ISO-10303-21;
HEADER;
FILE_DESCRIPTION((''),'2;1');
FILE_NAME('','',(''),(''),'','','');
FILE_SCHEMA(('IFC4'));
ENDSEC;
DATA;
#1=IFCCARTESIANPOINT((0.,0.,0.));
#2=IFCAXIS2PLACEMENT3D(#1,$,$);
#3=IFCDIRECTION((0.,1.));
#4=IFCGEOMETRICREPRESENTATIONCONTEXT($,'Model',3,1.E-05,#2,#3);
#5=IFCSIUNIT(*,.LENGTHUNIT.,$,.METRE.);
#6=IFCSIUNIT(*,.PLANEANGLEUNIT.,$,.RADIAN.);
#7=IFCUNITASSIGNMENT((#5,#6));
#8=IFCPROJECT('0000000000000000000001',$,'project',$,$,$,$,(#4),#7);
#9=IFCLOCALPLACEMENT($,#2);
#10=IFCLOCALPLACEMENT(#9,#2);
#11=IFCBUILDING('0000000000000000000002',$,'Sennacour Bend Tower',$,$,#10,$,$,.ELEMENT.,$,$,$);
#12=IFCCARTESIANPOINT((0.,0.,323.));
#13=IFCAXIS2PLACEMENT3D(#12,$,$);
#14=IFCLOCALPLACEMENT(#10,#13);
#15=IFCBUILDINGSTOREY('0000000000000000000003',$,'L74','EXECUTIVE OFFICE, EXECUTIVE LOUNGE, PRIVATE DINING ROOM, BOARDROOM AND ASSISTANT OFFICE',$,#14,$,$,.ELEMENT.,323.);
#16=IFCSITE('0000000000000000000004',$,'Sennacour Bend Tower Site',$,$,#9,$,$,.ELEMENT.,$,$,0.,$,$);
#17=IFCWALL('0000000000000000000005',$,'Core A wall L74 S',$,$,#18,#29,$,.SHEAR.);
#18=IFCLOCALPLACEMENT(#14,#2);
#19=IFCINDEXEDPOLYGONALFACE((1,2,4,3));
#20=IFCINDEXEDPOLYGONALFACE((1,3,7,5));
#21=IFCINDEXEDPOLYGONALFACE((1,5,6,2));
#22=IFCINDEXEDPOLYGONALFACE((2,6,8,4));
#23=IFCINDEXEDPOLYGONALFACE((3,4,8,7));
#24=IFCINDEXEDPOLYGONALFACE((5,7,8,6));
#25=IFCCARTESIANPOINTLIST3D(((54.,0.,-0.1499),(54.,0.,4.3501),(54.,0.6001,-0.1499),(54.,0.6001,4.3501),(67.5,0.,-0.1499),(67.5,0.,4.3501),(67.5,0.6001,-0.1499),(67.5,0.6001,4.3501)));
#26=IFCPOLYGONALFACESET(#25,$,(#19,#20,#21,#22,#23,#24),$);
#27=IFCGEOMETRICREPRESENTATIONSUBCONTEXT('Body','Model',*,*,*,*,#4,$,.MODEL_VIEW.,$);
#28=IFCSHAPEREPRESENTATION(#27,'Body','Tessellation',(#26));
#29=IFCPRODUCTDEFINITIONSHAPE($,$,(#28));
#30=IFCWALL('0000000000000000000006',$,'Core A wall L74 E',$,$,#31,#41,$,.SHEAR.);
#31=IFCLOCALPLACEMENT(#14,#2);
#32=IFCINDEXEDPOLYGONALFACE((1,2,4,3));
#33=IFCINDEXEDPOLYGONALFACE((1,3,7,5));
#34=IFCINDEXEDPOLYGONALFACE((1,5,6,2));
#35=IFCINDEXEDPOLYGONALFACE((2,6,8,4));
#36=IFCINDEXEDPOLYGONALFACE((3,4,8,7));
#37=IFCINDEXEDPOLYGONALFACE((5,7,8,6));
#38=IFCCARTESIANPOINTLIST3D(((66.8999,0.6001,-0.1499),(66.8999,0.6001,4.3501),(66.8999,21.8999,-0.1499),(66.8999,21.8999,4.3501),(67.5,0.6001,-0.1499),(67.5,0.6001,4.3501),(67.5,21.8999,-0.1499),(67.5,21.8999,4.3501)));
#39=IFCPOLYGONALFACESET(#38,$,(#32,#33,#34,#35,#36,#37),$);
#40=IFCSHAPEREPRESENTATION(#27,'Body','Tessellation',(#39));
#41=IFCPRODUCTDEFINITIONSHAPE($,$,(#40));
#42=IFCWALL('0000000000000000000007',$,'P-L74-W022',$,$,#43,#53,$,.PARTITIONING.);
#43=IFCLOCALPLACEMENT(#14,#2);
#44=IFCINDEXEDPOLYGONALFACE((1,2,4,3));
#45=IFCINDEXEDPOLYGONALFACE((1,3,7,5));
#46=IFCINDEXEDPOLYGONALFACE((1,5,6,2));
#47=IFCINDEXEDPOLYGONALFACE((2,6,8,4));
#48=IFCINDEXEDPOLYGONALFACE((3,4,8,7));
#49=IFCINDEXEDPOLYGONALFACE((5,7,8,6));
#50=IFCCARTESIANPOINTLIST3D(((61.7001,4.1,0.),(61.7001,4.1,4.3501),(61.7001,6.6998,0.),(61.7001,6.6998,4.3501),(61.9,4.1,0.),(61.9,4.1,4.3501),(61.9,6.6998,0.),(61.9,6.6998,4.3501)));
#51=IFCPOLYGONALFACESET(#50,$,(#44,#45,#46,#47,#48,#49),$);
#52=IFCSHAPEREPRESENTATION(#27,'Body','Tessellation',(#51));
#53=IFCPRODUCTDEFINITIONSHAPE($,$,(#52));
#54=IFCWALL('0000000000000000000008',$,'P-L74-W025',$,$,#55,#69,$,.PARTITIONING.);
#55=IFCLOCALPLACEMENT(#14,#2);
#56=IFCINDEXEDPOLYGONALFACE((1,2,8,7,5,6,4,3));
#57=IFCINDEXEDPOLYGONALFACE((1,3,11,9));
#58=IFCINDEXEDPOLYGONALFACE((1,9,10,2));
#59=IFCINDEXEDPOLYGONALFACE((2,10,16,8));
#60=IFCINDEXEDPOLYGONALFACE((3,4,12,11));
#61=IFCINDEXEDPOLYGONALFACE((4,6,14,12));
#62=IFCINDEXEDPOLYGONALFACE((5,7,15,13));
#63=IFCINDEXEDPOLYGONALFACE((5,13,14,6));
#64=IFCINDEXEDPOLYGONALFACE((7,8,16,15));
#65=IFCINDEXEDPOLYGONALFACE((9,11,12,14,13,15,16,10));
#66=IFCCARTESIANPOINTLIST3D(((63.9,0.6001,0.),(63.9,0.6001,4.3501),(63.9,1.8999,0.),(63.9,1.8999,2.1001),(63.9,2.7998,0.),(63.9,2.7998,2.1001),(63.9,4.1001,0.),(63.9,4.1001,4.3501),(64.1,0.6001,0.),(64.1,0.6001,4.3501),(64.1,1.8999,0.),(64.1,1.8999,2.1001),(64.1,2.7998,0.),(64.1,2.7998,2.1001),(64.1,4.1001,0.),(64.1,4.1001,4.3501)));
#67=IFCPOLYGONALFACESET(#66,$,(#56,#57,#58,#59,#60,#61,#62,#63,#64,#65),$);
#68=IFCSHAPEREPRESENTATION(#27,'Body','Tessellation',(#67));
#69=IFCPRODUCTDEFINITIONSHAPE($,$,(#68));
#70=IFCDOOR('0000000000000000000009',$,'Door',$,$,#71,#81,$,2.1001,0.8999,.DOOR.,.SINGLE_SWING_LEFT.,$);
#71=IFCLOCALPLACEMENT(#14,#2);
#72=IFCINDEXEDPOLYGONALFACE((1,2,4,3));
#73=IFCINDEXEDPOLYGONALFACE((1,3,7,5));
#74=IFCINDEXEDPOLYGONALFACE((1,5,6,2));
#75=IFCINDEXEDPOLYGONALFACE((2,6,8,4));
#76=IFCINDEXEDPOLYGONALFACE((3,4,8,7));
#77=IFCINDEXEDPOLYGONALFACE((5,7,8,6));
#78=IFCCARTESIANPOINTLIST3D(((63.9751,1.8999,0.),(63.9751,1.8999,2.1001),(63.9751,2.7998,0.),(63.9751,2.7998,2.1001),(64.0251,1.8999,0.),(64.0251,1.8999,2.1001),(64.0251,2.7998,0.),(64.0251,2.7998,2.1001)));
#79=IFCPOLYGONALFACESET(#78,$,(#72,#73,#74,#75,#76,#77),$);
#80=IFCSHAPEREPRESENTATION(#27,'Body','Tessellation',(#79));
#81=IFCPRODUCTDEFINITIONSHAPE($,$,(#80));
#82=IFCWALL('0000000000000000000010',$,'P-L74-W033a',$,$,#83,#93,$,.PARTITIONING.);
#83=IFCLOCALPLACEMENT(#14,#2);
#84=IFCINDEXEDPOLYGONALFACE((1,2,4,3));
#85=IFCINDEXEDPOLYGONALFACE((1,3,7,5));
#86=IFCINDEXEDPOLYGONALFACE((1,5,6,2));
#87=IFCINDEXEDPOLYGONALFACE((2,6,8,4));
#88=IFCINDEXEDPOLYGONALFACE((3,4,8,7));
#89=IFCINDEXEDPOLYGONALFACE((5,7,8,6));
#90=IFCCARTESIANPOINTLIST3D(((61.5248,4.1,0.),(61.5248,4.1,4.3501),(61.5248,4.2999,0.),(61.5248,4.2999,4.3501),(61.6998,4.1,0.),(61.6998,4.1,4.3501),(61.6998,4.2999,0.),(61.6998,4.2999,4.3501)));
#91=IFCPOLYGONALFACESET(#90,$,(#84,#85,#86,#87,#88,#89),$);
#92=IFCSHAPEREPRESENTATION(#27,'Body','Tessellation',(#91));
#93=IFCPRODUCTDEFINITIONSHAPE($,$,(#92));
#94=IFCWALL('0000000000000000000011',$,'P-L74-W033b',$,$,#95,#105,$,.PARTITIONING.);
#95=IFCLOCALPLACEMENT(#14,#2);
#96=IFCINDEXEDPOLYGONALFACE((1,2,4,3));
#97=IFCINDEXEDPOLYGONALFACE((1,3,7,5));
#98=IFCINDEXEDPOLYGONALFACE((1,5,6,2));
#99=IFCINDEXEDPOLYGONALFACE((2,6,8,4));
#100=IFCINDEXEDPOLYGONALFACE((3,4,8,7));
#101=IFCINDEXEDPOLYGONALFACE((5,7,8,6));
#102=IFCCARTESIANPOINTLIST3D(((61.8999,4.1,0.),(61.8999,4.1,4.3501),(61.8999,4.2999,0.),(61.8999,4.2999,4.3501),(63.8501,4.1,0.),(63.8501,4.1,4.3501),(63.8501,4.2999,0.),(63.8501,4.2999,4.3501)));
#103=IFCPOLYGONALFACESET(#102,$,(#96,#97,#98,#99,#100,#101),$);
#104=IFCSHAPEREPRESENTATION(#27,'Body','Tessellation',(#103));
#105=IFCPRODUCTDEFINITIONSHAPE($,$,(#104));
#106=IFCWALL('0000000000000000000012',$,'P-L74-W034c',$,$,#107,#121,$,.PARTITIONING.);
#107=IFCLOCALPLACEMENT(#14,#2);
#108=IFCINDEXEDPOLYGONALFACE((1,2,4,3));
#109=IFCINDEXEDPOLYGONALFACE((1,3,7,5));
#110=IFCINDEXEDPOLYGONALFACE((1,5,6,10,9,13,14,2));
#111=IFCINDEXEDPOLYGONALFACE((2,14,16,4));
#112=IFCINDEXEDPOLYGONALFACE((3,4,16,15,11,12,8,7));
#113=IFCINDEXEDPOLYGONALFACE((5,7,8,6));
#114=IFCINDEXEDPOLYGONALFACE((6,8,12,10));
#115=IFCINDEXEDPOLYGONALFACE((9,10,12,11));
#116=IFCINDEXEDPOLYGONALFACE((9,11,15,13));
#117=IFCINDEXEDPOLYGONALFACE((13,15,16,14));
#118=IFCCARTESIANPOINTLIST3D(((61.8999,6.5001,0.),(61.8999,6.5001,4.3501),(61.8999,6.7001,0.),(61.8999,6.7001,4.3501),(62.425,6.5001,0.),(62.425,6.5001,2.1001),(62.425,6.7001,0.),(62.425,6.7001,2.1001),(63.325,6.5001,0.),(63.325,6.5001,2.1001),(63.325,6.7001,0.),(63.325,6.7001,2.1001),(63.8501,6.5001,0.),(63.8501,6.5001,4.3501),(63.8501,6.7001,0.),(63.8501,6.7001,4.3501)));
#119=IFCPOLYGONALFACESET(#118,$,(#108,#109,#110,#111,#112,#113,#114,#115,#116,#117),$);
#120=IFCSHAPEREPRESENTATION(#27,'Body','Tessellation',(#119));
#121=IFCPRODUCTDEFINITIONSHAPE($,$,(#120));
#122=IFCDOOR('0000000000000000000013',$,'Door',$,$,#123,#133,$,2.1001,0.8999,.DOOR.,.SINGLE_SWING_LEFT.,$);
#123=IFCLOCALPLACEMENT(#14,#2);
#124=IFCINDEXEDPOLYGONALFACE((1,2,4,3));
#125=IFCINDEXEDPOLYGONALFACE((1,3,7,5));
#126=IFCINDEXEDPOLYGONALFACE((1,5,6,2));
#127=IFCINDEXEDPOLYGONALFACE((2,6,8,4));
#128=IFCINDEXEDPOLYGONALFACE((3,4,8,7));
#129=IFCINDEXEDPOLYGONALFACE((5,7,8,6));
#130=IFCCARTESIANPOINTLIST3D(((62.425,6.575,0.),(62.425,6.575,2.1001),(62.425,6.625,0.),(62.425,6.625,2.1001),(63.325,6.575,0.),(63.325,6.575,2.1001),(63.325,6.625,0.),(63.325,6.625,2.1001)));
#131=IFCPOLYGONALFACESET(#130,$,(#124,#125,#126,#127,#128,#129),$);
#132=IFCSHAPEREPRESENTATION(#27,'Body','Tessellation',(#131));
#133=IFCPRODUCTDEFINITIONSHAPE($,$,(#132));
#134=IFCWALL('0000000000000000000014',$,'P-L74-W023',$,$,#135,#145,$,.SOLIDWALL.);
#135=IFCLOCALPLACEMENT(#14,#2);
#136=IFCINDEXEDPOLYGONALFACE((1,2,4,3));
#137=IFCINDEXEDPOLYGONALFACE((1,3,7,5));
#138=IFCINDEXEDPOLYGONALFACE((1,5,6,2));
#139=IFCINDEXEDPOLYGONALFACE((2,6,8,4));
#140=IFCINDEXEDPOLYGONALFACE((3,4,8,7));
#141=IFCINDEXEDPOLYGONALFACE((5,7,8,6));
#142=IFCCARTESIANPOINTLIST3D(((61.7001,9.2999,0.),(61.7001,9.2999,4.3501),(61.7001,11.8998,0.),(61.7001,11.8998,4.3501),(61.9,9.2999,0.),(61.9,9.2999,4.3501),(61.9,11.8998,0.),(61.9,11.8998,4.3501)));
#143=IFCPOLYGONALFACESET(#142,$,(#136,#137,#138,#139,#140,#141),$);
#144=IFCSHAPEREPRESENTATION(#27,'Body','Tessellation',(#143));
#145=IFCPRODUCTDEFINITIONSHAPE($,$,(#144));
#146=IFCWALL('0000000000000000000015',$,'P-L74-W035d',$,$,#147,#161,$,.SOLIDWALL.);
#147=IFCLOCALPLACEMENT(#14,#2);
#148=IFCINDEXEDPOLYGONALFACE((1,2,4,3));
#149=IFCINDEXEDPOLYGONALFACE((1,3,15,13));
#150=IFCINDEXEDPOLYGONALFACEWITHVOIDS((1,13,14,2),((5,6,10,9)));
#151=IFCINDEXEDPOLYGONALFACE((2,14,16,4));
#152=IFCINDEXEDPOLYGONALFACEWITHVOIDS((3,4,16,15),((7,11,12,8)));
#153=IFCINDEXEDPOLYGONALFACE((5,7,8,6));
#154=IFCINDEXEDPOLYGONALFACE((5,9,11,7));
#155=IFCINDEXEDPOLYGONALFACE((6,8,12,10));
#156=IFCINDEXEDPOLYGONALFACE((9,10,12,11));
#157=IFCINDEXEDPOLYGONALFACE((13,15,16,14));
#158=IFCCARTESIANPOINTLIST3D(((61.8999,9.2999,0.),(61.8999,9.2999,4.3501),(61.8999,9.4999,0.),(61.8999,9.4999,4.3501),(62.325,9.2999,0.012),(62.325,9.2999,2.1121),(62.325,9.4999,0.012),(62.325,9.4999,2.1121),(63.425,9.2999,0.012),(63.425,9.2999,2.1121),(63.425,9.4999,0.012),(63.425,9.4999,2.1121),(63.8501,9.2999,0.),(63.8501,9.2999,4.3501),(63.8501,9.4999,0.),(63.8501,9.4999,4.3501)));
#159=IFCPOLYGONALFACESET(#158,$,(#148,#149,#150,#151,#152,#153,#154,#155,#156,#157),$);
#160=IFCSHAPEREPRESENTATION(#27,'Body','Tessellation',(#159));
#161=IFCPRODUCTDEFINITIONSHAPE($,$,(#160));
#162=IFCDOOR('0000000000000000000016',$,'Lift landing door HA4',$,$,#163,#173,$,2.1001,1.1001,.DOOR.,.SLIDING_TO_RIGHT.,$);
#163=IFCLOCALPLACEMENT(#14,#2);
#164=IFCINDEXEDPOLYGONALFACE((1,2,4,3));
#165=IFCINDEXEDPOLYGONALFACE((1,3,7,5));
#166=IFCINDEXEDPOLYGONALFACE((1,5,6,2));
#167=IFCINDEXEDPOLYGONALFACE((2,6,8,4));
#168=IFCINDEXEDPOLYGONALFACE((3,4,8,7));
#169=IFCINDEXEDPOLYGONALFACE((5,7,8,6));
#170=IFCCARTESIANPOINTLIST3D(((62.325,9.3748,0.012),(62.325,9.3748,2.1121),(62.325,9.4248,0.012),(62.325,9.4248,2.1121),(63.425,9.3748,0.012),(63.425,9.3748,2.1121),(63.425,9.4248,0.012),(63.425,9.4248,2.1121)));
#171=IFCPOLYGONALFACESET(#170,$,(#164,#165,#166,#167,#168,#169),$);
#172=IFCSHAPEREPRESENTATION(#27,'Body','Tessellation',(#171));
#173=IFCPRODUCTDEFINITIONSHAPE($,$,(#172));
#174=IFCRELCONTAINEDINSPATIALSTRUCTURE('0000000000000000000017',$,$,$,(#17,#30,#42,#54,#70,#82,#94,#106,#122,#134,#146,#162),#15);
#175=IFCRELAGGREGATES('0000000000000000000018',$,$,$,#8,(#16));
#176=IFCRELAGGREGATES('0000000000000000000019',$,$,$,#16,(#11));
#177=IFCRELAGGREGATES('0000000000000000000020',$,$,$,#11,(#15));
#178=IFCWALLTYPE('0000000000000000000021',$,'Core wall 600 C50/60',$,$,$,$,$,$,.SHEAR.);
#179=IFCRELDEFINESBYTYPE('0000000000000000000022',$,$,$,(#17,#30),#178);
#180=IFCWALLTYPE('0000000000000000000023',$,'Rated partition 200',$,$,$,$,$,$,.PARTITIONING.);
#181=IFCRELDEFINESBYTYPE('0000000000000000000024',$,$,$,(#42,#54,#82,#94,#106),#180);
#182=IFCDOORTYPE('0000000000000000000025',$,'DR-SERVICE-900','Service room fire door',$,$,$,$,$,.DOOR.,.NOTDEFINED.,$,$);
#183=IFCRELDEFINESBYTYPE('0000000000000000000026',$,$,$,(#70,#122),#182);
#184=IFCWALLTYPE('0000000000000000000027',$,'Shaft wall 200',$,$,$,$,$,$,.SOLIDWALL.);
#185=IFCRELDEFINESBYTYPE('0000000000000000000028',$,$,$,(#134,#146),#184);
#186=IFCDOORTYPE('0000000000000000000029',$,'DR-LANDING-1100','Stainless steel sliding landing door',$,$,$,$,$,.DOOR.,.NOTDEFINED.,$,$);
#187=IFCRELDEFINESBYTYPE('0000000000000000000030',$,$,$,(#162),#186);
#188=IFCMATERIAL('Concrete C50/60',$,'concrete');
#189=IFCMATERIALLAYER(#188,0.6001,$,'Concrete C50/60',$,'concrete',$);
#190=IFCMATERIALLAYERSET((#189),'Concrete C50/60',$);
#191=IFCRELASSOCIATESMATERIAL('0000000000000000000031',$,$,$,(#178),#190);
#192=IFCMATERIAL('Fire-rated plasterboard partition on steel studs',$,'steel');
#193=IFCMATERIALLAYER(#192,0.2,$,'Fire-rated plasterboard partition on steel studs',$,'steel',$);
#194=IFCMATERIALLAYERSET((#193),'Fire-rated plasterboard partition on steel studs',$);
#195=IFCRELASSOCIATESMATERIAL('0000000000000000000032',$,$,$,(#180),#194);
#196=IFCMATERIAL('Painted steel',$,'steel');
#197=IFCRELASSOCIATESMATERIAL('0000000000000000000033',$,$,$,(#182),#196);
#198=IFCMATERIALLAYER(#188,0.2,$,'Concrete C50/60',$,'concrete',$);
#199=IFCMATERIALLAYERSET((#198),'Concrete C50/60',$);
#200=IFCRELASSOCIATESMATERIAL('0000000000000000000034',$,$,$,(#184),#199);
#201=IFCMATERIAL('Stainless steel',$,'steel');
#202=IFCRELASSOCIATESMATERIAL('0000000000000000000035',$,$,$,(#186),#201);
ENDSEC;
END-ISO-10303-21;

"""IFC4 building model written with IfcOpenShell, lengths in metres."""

from ifc_helpers import new_model, si_unit, direction, frame, frame_2d, origin, place, context, subcontext, project, spatial, rectangle, extrude, material, layer, layer_set, type_object, element, fill, save


model = new_model("IFC4")

# Units and contexts
model_context = context("Model", 3, precision=1e-05, world=origin(), true_north=direction((0.0, 1.0)))
body_context = subcontext(model_context, "Body", "Model", "MODEL_VIEW")
ifc_project = project(units=[si_unit("LENGTHUNIT", "METRE"), si_unit("PLANEANGLEUNIT", "RADIAN")], contexts=[model_context])

# Site, building, storey
site_placement = place(None, origin())
site = spatial("IfcSite", under=ifc_project, at=site_placement, Name="Sennacour Bend Tower Site", CompositionType="ELEMENT", RefElevation=0.0)
building_placement = place(site_placement, origin())
building = spatial("IfcBuilding", under=site, at=building_placement, Name="Sennacour Bend Tower", CompositionType="ELEMENT")
storey_placement = place(building_placement, frame((0.0, 0.0, 323.0)))
storey = spatial("IfcBuildingStorey", under=building, at=storey_placement, Name="L74", Description="EXECUTIVE OFFICE, EXECUTIVE LOUNGE, PRIVATE DINING ROOM, BOARDROOM AND ASSISTANT OFFICE", CompositionType="ELEMENT", Elevation=323.0)

# Walls
ifc_material_1 = material(Name="Concrete C50/60", Category="concrete")
ifc_layer_1 = layer(ifc_material_1, 0.6001, Name="Concrete C50/60", Category="concrete")
ifc_layer_set_1 = layer_set([ifc_layer_1], Name="Concrete C50/60")
wall_type_1 = type_object("IfcWallType", Name="Core wall 600 C50/60", PredefinedType="SHEAR", material=ifc_layer_set_1)
wall_1_placement = place(storey_placement, frame((67.5, 0.3, -0.1499), z_axis=(0.0, 0.0, 1.0), x_axis=(-1.0, 0.0, 0.0)))
element("IfcWall", 1, at=wall_1_placement, inside=storey, type_object=wall_type_1, Name="Core A wall L74 S", PredefinedType="SHEAR", context=body_context, shape_type="SweptSolid", body=[
    extrude(rectangle(XDim=13.5, YDim=0.6001, at=frame_2d((6.75, 0.0))), origin(), (0.0, 0.0, 1.0), 4.5),
])
wall_2_placement = place(storey_placement, frame((67.2, 0.6001, -0.1499), z_axis=(0.0, 0.0, 1.0), x_axis=(0.0, 1.0, 0.0)))
element("IfcWall", 2, at=wall_2_placement, inside=storey, type_object=wall_type_1, Name="Core A wall L74 E", PredefinedType="SHEAR", context=body_context, shape_type="SweptSolid", body=[
    extrude(rectangle(XDim=21.2998, YDim=0.6001, at=frame_2d((10.6499, 0.0))), origin(), (0.0, 0.0, 1.0), 4.5),
])
ifc_material_2 = material(Name="Fire-rated plasterboard partition on steel studs", Category="steel")
ifc_layer_2 = layer(ifc_material_2, 0.2, Name="Fire-rated plasterboard partition on steel studs", Category="steel")
ifc_layer_set_2 = layer_set([ifc_layer_2], Name="Fire-rated plasterboard partition on steel studs")
wall_type_2 = type_object("IfcWallType", Name="Rated partition 200", PredefinedType="PARTITIONING", material=ifc_layer_set_2)
wall_3_placement = place(storey_placement, frame((61.8, 4.1001, 0.0), z_axis=(0.0, 0.0, 1.0), x_axis=(0.0, 1.0, 0.0)))
element("IfcWall", 3, at=wall_3_placement, inside=storey, type_object=wall_type_2, Name="P-L74-W022", PredefinedType="PARTITIONING", context=body_context, shape_type="SweptSolid", body=[
    extrude(rectangle(XDim=2.5999, YDim=0.2, at=frame_2d((1.2998, 0.0))), origin(), (0.0, 0.0, 1.0), 4.3501),
])

# Wall, opening, door
wall_4_placement = place(storey_placement, frame((64.0, 0.6001, 0.0), z_axis=(0.0, 0.0, 1.0), x_axis=(0.0, 1.0, 0.0)))
wall_4 = element("IfcWall", 4, at=wall_4_placement, inside=storey, type_object=wall_type_2, Name="P-L74-W025", PredefinedType="PARTITIONING", context=body_context, shape_type="SweptSolid", body=[
    extrude(rectangle(XDim=3.5, YDim=0.2, at=frame_2d((1.75, 0.0))), origin(), (0.0, 0.0, 1.0), 4.3501),
])
opening_1_placement = place(wall_4_placement, frame((1.2998, 0.0, 0.0)))
opening_1 = element("IfcOpeningElement", 5, at=opening_1_placement, cuts=wall_4, PredefinedType="OPENING", context=body_context, shape_type="SweptSolid", body=[
    extrude(rectangle(XDim=0.8999, YDim=2.1001, at=frame_2d((0.45, 1.05))), frame((0.0, 0.1099, 0.0), z_axis=(0.0, -1.0, 0.0), x_axis=(1.0, 0.0, 0.0)), (0.0, 0.0, 1.0), 0.22),
])
ifc_material_3 = material(Name="Painted steel", Category="steel")
door_type_1 = type_object("IfcDoorType", Name="DR-SERVICE-900", Description="Service room fire door", OperationType="NOTDEFINED", PredefinedType="DOOR", material=ifc_material_3)
door_1_placement = place(opening_1_placement, origin())
door_1 = element("IfcDoor", 6, at=door_1_placement, inside=storey, type_object=door_type_1, Name="Door", OperationType="SINGLE_SWING_LEFT", OverallHeight=2.1001, OverallWidth=0.8999, PredefinedType="DOOR", context=body_context, shape_type="SweptSolid", body=[
    extrude(rectangle(XDim=0.8999, YDim=2.1001, at=frame_2d((0.45, 1.05))), frame((0.0, 0.0249, 0.0), z_axis=(0.0, -1.0, 0.0), x_axis=(1.0, 0.0, 0.0)), (0.0, 0.0, 1.0), 0.05),
])
fill(opening_1, door_1)

# Walls
wall_5_placement = place(storey_placement, frame((61.5249, 4.2, 0.0), z_axis=(0.0, 0.0, 1.0), x_axis=(1.0, 0.0, 0.0)))
element("IfcWall", 7, at=wall_5_placement, inside=storey, type_object=wall_type_2, Name="P-L74-W033a", PredefinedType="PARTITIONING", context=body_context, shape_type="SweptSolid", body=[
    extrude(rectangle(XDim=0.175, YDim=0.2, at=frame_2d((0.0874, 0.0))), origin(), (0.0, 0.0, 1.0), 4.3501),
])
wall_6_placement = place(storey_placement, frame((61.8999, 4.2, 0.0), z_axis=(0.0, 0.0, 1.0), x_axis=(1.0, 0.0, 0.0)))
element("IfcWall", 8, at=wall_6_placement, inside=storey, type_object=wall_type_2, Name="P-L74-W033b", PredefinedType="PARTITIONING", context=body_context, shape_type="SweptSolid", body=[
    extrude(rectangle(XDim=1.9502, YDim=0.2, at=frame_2d((0.9751, 0.0))), origin(), (0.0, 0.0, 1.0), 4.3501),
])

# Wall, opening, door
wall_7_placement = place(storey_placement, frame((61.8999, 6.6001, 0.0), z_axis=(0.0, 0.0, 1.0), x_axis=(1.0, 0.0, 0.0)))
wall_7 = element("IfcWall", 9, at=wall_7_placement, inside=storey, type_object=wall_type_2, Name="P-L74-W034c", PredefinedType="PARTITIONING", context=body_context, shape_type="SweptSolid", body=[
    extrude(rectangle(XDim=1.9502, YDim=0.2, at=frame_2d((0.9751, 0.0))), origin(), (0.0, 0.0, 1.0), 4.3501),
])
opening_2_placement = place(wall_7_placement, frame((0.5251, 0.0, 0.0)))
opening_2 = element("IfcOpeningElement", 10, at=opening_2_placement, cuts=wall_7, PredefinedType="OPENING", context=body_context, shape_type="SweptSolid", body=[
    extrude(rectangle(XDim=0.8999, YDim=2.1001, at=frame_2d((0.45, 1.05))), frame((0.0, 0.1099, 0.0), z_axis=(0.0, -1.0, 0.0), x_axis=(1.0, 0.0, 0.0)), (0.0, 0.0, 1.0), 0.22),
])
door_2_placement = place(opening_2_placement, origin())
door_2 = element("IfcDoor", 11, at=door_2_placement, inside=storey, type_object=door_type_1, Name="Door", OperationType="SINGLE_SWING_LEFT", OverallHeight=2.1001, OverallWidth=0.8999, PredefinedType="DOOR", context=body_context, shape_type="SweptSolid", body=[
    extrude(rectangle(XDim=0.8999, YDim=2.1001, at=frame_2d((0.45, 1.05))), frame((0.0, 0.0249, 0.0), z_axis=(0.0, -1.0, 0.0), x_axis=(1.0, 0.0, 0.0)), (0.0, 0.0, 1.0), 0.05),
])
fill(opening_2, door_2)

# Wall
ifc_layer_3 = layer(ifc_material_1, 0.2, Name="Concrete C50/60", Category="concrete")
ifc_layer_set_3 = layer_set([ifc_layer_3], Name="Concrete C50/60")
wall_type_3 = type_object("IfcWallType", Name="Shaft wall 200", PredefinedType="SOLIDWALL", material=ifc_layer_set_3)
wall_8_placement = place(storey_placement, frame((61.8, 9.3, 0.0), z_axis=(0.0, 0.0, 1.0), x_axis=(0.0, 1.0, 0.0)))
element("IfcWall", 12, at=wall_8_placement, inside=storey, type_object=wall_type_3, Name="P-L74-W023", PredefinedType="SOLIDWALL", context=body_context, shape_type="SweptSolid", body=[
    extrude(rectangle(XDim=2.5999, YDim=0.2, at=frame_2d((1.2998, 0.0))), origin(), (0.0, 0.0, 1.0), 4.3501),
])

# Wall, opening, door
wall_9_placement = place(storey_placement, frame((61.8999, 9.3999, 0.0), z_axis=(0.0, 0.0, 1.0), x_axis=(1.0, 0.0, 0.0)))
wall_9 = element("IfcWall", 13, at=wall_9_placement, inside=storey, type_object=wall_type_3, Name="P-L74-W035d", PredefinedType="SOLIDWALL", context=body_context, shape_type="SweptSolid", body=[
    extrude(rectangle(XDim=1.9502, YDim=0.2, at=frame_2d((0.9751, 0.0))), origin(), (0.0, 0.0, 1.0), 4.3501),
])
opening_3_placement = place(wall_9_placement, frame((0.425, 0.0, 0.012)))
opening_3 = element("IfcOpeningElement", 14, at=opening_3_placement, cuts=wall_9, PredefinedType="OPENING", context=body_context, shape_type="SweptSolid", body=[
    extrude(rectangle(XDim=1.1001, YDim=2.1001, at=frame_2d((0.55, 1.05))), frame((0.0, 0.1099, 0.0), z_axis=(0.0, -1.0, 0.0), x_axis=(1.0, 0.0, 0.0)), (0.0, 0.0, 1.0), 0.22),
])
ifc_material_4 = material(Name="Stainless steel", Category="steel")
door_type_2 = type_object("IfcDoorType", Name="DR-LANDING-1100", Description="Stainless steel sliding landing door", OperationType="NOTDEFINED", PredefinedType="DOOR", material=ifc_material_4)
door_3_placement = place(opening_3_placement, origin())
door_3 = element("IfcDoor", 15, at=door_3_placement, inside=storey, type_object=door_type_2, Name="Lift landing door HA4", OperationType="SLIDING_TO_RIGHT", OverallHeight=2.1001, OverallWidth=1.1001, PredefinedType="DOOR", context=body_context, shape_type="SweptSolid", body=[
    extrude(rectangle(XDim=1.1001, YDim=2.1001, at=frame_2d((0.55, 1.05))), frame((0.0, 0.0249, 0.0), z_axis=(0.0, -1.0, 0.0), x_axis=(1.0, 0.0, 0.0)), (0.0, 0.0, 1.0), 0.05),
])
fill(opening_3, door_3)

save(model, "model.ifc")
